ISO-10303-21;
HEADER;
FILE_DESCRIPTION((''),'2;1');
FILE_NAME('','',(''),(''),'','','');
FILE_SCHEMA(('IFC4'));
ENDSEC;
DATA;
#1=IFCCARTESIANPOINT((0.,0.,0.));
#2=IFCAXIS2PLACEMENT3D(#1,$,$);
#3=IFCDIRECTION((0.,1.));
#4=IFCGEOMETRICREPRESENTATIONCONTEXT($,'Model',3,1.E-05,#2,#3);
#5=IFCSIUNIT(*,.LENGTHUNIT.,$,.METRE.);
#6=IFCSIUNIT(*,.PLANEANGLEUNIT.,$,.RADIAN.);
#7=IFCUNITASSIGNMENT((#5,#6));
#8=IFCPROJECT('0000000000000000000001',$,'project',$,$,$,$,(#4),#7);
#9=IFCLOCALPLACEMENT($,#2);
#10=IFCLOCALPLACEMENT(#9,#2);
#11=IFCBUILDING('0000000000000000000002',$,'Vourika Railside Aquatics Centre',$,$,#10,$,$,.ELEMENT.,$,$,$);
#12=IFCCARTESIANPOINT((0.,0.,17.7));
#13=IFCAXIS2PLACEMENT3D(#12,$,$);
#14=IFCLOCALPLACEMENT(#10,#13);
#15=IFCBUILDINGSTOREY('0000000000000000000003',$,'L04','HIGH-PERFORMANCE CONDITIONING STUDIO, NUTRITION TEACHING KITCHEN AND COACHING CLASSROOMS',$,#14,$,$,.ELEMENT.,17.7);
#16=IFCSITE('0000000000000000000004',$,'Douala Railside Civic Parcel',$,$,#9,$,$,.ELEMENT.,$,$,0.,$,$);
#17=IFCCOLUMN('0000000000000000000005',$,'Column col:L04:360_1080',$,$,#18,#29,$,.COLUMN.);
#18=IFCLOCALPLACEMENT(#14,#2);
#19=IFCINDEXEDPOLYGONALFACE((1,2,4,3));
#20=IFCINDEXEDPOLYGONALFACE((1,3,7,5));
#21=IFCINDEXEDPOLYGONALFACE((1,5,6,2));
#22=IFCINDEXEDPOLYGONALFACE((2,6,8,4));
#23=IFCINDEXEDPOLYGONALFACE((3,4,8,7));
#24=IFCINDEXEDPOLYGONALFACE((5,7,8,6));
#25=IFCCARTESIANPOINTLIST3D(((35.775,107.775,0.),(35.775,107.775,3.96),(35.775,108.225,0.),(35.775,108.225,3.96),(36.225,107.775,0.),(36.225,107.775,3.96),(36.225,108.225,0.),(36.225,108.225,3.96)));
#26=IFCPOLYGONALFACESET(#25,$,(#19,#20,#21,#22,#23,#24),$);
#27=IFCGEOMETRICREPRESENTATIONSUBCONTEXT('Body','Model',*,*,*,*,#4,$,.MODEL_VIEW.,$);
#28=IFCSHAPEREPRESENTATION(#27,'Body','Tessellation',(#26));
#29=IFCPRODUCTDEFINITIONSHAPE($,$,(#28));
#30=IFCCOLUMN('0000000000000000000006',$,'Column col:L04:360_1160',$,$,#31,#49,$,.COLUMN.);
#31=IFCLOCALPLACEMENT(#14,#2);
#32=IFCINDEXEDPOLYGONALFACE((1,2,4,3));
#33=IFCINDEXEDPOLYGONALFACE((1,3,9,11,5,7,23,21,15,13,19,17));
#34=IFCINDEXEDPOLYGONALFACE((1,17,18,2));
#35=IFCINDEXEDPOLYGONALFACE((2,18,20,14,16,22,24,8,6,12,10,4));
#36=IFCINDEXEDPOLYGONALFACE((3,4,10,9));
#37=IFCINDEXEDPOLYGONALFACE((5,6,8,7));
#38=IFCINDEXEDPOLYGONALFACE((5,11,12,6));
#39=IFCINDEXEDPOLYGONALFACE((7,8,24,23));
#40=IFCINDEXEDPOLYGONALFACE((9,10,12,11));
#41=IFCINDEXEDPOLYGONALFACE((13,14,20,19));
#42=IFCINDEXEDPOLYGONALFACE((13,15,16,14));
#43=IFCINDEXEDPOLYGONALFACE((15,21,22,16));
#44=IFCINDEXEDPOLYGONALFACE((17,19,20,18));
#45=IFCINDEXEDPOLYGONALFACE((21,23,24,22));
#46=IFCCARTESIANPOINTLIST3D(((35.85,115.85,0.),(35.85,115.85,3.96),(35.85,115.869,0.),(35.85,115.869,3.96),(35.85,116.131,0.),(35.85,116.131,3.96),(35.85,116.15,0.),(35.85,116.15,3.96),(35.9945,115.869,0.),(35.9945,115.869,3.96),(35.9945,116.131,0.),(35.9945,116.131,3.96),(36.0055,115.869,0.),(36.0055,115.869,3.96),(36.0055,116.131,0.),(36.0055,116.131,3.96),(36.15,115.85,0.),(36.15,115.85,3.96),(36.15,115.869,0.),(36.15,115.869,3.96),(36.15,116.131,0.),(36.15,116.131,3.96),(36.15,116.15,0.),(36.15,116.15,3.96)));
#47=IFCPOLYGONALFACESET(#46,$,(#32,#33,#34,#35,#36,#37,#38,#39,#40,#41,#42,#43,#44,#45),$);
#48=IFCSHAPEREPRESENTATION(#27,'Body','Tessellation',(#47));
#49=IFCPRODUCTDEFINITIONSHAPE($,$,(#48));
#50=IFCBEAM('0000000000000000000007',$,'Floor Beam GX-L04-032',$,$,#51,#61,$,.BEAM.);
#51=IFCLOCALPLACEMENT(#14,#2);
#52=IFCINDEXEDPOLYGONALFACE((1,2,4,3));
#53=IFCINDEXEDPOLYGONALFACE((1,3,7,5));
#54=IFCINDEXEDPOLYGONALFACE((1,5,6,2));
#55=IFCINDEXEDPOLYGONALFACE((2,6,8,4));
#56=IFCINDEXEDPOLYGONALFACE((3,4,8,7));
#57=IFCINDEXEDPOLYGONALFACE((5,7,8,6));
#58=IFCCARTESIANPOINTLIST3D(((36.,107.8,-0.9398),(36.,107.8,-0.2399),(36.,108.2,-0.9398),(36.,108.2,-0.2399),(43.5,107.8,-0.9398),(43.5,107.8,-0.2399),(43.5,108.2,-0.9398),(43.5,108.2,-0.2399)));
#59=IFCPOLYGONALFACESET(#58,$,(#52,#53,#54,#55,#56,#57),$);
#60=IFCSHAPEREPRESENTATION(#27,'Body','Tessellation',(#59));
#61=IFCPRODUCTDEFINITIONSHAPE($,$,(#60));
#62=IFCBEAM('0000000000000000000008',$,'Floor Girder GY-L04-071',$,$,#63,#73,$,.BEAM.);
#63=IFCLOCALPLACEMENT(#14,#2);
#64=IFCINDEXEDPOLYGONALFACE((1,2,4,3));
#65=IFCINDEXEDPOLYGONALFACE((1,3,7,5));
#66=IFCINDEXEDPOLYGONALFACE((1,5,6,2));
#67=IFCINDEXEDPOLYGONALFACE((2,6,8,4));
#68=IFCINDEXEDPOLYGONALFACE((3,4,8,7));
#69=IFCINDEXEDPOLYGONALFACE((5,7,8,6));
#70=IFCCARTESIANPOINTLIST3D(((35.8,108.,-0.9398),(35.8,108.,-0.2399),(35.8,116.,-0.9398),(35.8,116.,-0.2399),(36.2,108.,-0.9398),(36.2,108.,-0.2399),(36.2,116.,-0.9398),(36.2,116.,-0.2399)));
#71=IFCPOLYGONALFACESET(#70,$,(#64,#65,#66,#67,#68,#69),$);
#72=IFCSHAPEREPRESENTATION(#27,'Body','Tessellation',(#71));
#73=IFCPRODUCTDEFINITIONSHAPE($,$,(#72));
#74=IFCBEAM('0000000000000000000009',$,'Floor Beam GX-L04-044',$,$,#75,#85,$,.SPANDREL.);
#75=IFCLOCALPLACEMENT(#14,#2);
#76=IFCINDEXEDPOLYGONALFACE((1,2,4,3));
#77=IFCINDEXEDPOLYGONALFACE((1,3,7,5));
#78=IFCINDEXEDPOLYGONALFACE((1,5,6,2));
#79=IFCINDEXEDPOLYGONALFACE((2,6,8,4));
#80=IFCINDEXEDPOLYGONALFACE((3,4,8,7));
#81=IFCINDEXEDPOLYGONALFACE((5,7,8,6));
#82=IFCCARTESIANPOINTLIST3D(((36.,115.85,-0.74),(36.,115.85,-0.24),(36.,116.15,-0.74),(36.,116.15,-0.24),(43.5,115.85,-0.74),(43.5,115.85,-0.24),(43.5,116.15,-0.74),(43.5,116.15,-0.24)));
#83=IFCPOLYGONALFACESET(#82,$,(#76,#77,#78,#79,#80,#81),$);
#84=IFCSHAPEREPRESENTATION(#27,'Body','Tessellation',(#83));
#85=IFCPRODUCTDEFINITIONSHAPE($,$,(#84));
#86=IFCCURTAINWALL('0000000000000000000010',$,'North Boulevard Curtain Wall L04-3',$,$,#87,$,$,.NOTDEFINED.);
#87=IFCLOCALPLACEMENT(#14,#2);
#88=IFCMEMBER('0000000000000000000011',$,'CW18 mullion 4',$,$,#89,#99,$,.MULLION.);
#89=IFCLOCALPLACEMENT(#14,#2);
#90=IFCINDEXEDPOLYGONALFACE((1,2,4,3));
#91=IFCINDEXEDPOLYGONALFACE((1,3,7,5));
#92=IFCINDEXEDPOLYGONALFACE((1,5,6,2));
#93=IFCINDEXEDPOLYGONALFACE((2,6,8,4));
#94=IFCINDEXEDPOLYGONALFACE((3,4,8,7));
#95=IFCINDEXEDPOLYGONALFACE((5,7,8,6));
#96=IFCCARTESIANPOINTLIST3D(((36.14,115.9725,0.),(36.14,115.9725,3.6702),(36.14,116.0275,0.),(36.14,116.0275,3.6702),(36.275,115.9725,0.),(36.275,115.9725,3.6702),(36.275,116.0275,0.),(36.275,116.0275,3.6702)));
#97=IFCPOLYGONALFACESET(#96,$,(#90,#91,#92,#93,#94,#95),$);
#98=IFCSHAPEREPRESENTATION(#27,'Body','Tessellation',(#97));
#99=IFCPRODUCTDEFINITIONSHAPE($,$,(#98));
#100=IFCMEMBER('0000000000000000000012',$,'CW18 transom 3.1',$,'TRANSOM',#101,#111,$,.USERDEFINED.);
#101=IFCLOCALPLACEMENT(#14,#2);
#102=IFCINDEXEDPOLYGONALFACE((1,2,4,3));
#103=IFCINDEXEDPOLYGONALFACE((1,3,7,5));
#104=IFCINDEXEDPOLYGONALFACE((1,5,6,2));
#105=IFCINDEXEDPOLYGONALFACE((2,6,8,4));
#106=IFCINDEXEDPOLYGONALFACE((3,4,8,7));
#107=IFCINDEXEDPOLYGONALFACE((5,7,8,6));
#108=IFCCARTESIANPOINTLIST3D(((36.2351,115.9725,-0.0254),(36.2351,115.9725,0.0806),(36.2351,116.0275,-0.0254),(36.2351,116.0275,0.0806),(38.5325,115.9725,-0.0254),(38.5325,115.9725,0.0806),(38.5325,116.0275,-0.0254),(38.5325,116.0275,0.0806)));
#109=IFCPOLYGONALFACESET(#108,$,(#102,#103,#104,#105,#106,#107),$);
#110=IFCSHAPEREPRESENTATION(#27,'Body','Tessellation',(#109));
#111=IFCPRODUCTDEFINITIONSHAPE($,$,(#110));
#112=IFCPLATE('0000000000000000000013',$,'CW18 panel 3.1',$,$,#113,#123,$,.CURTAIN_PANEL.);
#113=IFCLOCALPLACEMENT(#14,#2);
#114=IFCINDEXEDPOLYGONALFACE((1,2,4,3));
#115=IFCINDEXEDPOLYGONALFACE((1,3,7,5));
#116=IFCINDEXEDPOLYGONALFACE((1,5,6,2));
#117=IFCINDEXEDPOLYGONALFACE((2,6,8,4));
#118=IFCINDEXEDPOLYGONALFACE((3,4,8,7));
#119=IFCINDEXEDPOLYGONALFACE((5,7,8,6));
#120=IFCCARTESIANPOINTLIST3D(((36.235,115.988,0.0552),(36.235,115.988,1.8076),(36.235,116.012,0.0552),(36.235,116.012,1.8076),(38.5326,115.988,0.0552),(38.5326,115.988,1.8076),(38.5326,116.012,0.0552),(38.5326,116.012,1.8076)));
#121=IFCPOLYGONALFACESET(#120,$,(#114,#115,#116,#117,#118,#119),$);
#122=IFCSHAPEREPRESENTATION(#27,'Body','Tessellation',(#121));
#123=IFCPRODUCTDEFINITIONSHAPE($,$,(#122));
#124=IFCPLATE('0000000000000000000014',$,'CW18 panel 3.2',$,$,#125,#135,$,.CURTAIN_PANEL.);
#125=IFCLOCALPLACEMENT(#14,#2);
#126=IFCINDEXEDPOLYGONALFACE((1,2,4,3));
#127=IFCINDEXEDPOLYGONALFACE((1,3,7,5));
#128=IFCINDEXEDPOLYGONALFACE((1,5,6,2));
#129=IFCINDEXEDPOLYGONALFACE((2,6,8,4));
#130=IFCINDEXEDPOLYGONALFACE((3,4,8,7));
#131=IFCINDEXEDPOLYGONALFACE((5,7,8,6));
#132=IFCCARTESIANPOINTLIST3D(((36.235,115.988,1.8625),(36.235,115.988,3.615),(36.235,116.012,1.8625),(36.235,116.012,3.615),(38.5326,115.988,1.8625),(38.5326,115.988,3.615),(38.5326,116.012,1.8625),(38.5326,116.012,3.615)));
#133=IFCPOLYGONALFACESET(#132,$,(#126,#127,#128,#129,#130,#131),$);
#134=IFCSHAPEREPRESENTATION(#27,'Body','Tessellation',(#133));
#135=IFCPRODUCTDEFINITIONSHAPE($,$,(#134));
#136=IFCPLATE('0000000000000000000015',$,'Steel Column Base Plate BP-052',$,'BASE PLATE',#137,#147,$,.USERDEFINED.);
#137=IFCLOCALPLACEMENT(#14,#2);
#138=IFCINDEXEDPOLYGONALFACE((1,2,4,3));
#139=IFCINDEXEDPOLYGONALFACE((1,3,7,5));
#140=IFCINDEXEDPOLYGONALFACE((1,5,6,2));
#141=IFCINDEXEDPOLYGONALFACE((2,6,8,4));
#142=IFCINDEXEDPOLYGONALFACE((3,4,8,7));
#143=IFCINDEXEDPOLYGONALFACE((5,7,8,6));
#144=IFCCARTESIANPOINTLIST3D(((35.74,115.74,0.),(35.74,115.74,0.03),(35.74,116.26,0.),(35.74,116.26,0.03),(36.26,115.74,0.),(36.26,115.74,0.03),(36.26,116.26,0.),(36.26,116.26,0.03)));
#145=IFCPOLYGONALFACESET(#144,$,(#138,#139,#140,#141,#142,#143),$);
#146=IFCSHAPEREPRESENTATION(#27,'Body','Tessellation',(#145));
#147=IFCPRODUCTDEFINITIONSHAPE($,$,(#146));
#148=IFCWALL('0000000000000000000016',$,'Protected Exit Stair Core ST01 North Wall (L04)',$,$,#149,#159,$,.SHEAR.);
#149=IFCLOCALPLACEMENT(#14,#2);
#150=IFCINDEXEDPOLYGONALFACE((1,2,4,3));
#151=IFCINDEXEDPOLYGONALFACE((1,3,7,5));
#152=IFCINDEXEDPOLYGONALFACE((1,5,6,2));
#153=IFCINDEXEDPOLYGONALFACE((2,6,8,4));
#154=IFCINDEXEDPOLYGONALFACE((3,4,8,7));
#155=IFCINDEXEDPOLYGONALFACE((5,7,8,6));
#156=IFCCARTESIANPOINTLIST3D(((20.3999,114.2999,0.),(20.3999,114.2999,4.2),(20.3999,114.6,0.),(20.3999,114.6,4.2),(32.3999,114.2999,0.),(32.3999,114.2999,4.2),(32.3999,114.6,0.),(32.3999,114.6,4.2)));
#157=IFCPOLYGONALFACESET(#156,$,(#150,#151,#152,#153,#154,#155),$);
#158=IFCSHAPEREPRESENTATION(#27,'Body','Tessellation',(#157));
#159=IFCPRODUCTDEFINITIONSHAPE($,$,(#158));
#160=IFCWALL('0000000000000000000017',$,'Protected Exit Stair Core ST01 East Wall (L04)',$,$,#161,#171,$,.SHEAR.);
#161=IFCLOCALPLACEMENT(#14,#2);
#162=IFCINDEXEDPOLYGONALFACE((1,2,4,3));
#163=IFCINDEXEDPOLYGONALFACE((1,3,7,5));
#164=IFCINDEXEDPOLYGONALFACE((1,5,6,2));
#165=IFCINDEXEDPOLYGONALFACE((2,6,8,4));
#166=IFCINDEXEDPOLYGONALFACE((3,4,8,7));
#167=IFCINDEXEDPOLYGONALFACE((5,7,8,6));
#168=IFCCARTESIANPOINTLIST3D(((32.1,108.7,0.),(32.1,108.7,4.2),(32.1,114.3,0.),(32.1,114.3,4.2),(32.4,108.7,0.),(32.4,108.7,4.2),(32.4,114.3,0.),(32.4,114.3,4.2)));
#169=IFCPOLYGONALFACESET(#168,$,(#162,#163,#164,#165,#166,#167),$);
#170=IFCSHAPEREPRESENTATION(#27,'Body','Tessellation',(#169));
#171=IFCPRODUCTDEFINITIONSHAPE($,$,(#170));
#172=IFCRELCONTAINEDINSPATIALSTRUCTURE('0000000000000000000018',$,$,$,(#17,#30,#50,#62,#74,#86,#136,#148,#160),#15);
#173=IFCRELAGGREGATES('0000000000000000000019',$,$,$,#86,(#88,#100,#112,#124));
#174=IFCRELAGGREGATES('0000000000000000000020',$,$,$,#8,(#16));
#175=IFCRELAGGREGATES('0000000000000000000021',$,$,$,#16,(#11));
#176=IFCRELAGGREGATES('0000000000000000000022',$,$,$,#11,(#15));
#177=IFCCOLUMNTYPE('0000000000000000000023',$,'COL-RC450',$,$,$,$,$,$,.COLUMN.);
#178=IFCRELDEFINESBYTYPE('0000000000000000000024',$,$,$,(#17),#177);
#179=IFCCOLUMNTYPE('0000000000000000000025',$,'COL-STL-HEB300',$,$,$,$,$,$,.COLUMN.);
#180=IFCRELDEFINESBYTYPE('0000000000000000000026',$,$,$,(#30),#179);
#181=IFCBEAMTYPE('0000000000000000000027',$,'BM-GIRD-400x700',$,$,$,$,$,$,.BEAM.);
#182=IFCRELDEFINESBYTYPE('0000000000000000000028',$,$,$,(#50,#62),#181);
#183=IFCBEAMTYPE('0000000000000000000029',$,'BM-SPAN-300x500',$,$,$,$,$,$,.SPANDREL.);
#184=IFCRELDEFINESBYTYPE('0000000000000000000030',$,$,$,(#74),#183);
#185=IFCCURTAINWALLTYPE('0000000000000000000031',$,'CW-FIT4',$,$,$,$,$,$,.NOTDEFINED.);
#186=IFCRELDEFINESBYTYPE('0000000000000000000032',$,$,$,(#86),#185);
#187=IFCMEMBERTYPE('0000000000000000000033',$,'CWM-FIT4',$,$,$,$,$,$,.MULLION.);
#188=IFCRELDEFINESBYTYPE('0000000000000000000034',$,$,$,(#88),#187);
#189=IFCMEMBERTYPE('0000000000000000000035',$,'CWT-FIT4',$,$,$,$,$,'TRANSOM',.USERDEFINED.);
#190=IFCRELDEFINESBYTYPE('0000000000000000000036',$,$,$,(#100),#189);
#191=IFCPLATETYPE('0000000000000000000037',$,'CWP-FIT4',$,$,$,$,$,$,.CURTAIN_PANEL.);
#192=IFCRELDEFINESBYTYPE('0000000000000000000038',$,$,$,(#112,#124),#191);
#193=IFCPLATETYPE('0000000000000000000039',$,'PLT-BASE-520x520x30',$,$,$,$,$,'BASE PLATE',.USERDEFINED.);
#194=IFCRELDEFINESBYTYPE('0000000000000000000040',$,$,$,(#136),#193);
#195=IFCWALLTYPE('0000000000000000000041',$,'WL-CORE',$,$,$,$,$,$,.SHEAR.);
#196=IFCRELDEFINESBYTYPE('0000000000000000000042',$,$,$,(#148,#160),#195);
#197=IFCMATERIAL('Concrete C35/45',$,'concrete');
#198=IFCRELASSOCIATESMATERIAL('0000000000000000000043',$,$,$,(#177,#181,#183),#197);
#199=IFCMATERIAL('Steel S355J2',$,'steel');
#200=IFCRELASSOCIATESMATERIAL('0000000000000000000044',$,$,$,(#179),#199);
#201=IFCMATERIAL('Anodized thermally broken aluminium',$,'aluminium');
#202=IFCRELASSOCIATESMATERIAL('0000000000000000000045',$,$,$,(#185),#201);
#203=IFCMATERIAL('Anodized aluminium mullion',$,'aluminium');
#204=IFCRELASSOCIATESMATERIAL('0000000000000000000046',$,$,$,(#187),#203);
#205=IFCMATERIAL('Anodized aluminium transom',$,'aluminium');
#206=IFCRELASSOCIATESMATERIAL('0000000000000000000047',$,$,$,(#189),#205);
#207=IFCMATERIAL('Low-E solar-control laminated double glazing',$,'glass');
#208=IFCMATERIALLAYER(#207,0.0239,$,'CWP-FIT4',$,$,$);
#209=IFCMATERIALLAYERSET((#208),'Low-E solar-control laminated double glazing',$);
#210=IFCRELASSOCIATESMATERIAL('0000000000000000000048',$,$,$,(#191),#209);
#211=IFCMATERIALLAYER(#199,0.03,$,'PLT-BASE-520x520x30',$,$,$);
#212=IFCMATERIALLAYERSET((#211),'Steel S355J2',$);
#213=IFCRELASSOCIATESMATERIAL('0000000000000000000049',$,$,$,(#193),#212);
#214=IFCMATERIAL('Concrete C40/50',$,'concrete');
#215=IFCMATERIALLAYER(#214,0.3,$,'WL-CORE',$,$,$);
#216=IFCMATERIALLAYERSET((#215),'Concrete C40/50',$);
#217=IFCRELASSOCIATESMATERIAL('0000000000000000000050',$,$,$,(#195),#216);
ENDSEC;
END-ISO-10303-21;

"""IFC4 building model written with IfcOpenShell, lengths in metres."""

from ifc_helpers import new_model, si_unit, direction, frame, frame_2d, origin, origin_2d, place, context, subcontext, project, spatial, rectangle, i_section, extrude, material, layer, layer_set, material_profile, profile_set, type_object, element, aggregate, save


model = new_model("IFC4")

# Units and contexts
model_context = context("Model", 3, precision=1e-05, world=origin(), true_north=direction((0.0, 1.0)))
body_context = subcontext(model_context, "Body", "Model", "MODEL_VIEW")
ifc_project = project(units=[si_unit("LENGTHUNIT", "METRE"), si_unit("PLANEANGLEUNIT", "RADIAN")], contexts=[model_context])

# Site, building, storey
site_placement = place(None, origin())
site = spatial("IfcSite", under=ifc_project, at=site_placement, Name="Douala Railside Civic Parcel", CompositionType="ELEMENT", RefElevation=0.0)
building_placement = place(site_placement, origin())
building = spatial("IfcBuilding", under=site, at=building_placement, Name="Vourika Railside Aquatics Centre", CompositionType="ELEMENT")
storey_placement = place(building_placement, frame((0.0, 0.0, 17.7)))
storey = spatial("IfcBuildingStorey", under=building, at=storey_placement, Name="L04", Description="HIGH-PERFORMANCE CONDITIONING STUDIO, NUTRITION TEACHING KITCHEN AND COACHING CLASSROOMS", CompositionType="ELEMENT", Elevation=17.7)

# Columns
ifc_material_1 = material(Name="Concrete C35/45", Category="concrete")
ifc_material_profile_1 = material_profile(ifc_material_1, rectangle(XDim=0.45, YDim=0.45, at=origin_2d()), Name="RC 450x450")
ifc_profile_set_1 = profile_set([ifc_material_profile_1], Name="Concrete C35/45")
column_type_1 = type_object("IfcColumnType", Name="COL-RC450", PredefinedType="COLUMN", material=ifc_profile_set_1)
column_1_placement = place(storey_placement, frame((36.0, 108.0, 0.0), z_axis=(0.0, 0.0, 1.0), x_axis=(1.0, 0.0, 0.0)))
element("IfcColumn", 1, at=column_1_placement, inside=storey, type_object=column_type_1, Name="Column col:L04:360_1080", PredefinedType="COLUMN", context=body_context, shape_type="SweptSolid", body=[
    extrude(rectangle(XDim=0.45, YDim=0.45, at=origin_2d()), origin(), (0.0, 0.0, 1.0), 3.96),
])
ifc_material_2 = material(Name="Steel S355J2", Category="steel")
ifc_material_profile_2 = material_profile(ifc_material_2, i_section(OverallWidth=0.3, OverallDepth=0.3, WebThickness=0.011, FlangeThickness=0.019, at=origin_2d()), Name="HEB 300")
ifc_profile_set_2 = profile_set([ifc_material_profile_2], Name="Steel S355J2")
column_type_2 = type_object("IfcColumnType", Name="COL-STL-HEB300", PredefinedType="COLUMN", material=ifc_profile_set_2)
column_2_placement = place(storey_placement, frame((36.0, 116.0, 0.0), z_axis=(0.0, 0.0, 1.0), x_axis=(1.0, 0.0, 0.0)))
element("IfcColumn", 2, at=column_2_placement, inside=storey, type_object=column_type_2, Name="Column col:L04:360_1160", PredefinedType="COLUMN", context=body_context, shape_type="SweptSolid", body=[
    extrude(i_section(OverallWidth=0.3, OverallDepth=0.3, WebThickness=0.011, FlangeThickness=0.019, at=origin_2d()), origin(), (0.0, 0.0, 1.0), 3.96),
])

# Beams
ifc_material_profile_3 = material_profile(ifc_material_1, rectangle(XDim=0.3999, YDim=0.7, at=origin_2d()), Name="RC 400x700")
ifc_profile_set_3 = profile_set([ifc_material_profile_3], Name="Concrete C35/45")
beam_type_1 = type_object("IfcBeamType", Name="BM-GIRD-400x700", PredefinedType="BEAM", material=ifc_profile_set_3)
beam_1_placement = place(storey_placement, frame((36.0, 108.0, -0.5898), z_axis=(1.0, 0.0, 0.0), x_axis=(0.0, 1.0, 0.0)))
element("IfcBeam", 3, at=beam_1_placement, inside=storey, type_object=beam_type_1, Name="Floor Beam GX-L04-032", PredefinedType="BEAM", context=body_context, shape_type="SweptSolid", body=[
    extrude(rectangle(XDim=0.3999, YDim=0.7, at=origin_2d()), origin(), (0.0, 0.0, 1.0), 7.5),
])
beam_2_placement = place(storey_placement, frame((36.0, 108.0, -0.5898), z_axis=(0.0, 1.0, 0.0), x_axis=(-1.0, 0.0, 0.0)))
element("IfcBeam", 4, at=beam_2_placement, inside=storey, type_object=beam_type_1, Name="Floor Girder GY-L04-071", PredefinedType="BEAM", context=body_context, shape_type="SweptSolid", body=[
    extrude(rectangle(XDim=0.3999, YDim=0.7, at=origin_2d()), origin(), (0.0, 0.0, 1.0), 8.0),
])
ifc_material_profile_4 = material_profile(ifc_material_1, rectangle(XDim=0.3, YDim=0.5, at=origin_2d()), Name="RC 300x500")
ifc_profile_set_4 = profile_set([ifc_material_profile_4], Name="Concrete C35/45")
beam_type_2 = type_object("IfcBeamType", Name="BM-SPAN-300x500", PredefinedType="SPANDREL", material=ifc_profile_set_4)
beam_3_placement = place(storey_placement, frame((36.0, 116.0, -0.49), z_axis=(1.0, 0.0, 0.0), x_axis=(0.0, 1.0, 0.0)))
element("IfcBeam", 5, at=beam_3_placement, inside=storey, type_object=beam_type_2, Name="Floor Beam GX-L04-044", PredefinedType="SPANDREL", context=body_context, shape_type="SweptSolid", body=[
    extrude(rectangle(XDim=0.3, YDim=0.5, at=origin_2d()), origin(), (0.0, 0.0, 1.0), 7.5),
])

# Curtain wall, members, plates
ifc_material_3 = material(Name="Anodized thermally broken aluminium", Category="aluminium")
curtain_wall_type = type_object("IfcCurtainWallType", Name="CW-FIT4", PredefinedType="NOTDEFINED", material=ifc_material_3)
curtain_wall_placement = place(storey_placement, origin())
curtain_wall = element("IfcCurtainWall", 6, at=curtain_wall_placement, inside=storey, type_object=curtain_wall_type, Name="North Boulevard Curtain Wall L04-3", PredefinedType="NOTDEFINED")
ifc_material_4 = material(Name="Anodized aluminium mullion", Category="aluminium")
ifc_material_profile_5 = material_profile(ifc_material_4, rectangle(XDim=0.0549, YDim=0.135, at=origin_2d()), Name="ALU-M 55x135")
ifc_profile_set_5 = profile_set([ifc_material_profile_5], Name="Anodized aluminium mullion")
member_type_1 = type_object("IfcMemberType", Name="CWM-FIT4", PredefinedType="MULLION", material=ifc_profile_set_5)
member_1_placement = place(storey_placement, frame((36.2075, 116.0, 0.0), z_axis=(0.0, 0.0, 1.0), x_axis=(0.0, -1.0, 0.0)))
member_1 = element("IfcMember", 7, at=member_1_placement, type_object=member_type_1, Name="CW18 mullion 4", PredefinedType="MULLION", context=body_context, shape_type="SweptSolid", body=[
    extrude(rectangle(XDim=0.0549, YDim=0.135, at=origin_2d()), origin(), (0.0, 0.0, 1.0), 3.6702),
])
ifc_material_5 = material(Name="Anodized aluminium transom", Category="aluminium")
ifc_material_profile_6 = material_profile(ifc_material_5, rectangle(XDim=0.0549, YDim=0.106, at=origin_2d()), Name="ALU-T 55x106")
ifc_profile_set_6 = profile_set([ifc_material_profile_6], Name="Anodized aluminium transom")
member_type_2 = type_object("IfcMemberType", Name="CWT-FIT4", ElementType="TRANSOM", PredefinedType="USERDEFINED", material=ifc_profile_set_6)
member_2_placement = place(storey_placement, frame((38.5325, 116.0, 0.0276), z_axis=(-1.0, 0.0, 0.0), x_axis=(0.0, -1.0, 0.0)))
member_2 = element("IfcMember", 8, at=member_2_placement, type_object=member_type_2, Name="CW18 transom 3.1", ObjectType="TRANSOM", PredefinedType="USERDEFINED", context=body_context, shape_type="SweptSolid", body=[
    extrude(rectangle(XDim=0.0549, YDim=0.106, at=origin_2d()), origin(), (0.0, 0.0, 1.0), 2.2974),
])
ifc_material_6 = material(Name="Low-E solar-control laminated double glazing", Category="glass")
ifc_layer_1 = layer(ifc_material_6, 0.0239, Name="CWP-FIT4")
ifc_layer_set_1 = layer_set([ifc_layer_1], Name="Low-E solar-control laminated double glazing")
plate_type_1 = type_object("IfcPlateType", Name="CWP-FIT4", PredefinedType="CURTAIN_PANEL", material=ifc_layer_set_1)
plate_1_placement = place(storey_placement, frame((37.3838, 116.0, 0.0552), z_axis=(0.0, 0.0, 1.0), x_axis=(-1.0, 0.0, 0.0)))
plate_1 = element("IfcPlate", 9, at=plate_1_placement, type_object=plate_type_1, Name="CW18 panel 3.1", PredefinedType="CURTAIN_PANEL", context=body_context, shape_type="SweptSolid", body=[
    extrude(rectangle(XDim=2.2976, YDim=0.0239, at=origin_2d()), origin(), (0.0, 0.0, 1.0), 1.7524),
])
plate_2_placement = place(storey_placement, frame((37.3838, 116.0, 1.8625), z_axis=(0.0, 0.0, 1.0), x_axis=(-1.0, 0.0, 0.0)))
plate_2 = element("IfcPlate", 10, at=plate_2_placement, type_object=plate_type_1, Name="CW18 panel 3.2", PredefinedType="CURTAIN_PANEL", context=body_context, shape_type="SweptSolid", body=[
    extrude(rectangle(XDim=2.2976, YDim=0.0239, at=origin_2d()), origin(), (0.0, 0.0, 1.0), 1.7524),
])
aggregate(curtain_wall, [member_1, member_2, plate_1, plate_2])

# Plate
ifc_layer_2 = layer(ifc_material_2, 0.03, Name="PLT-BASE-520x520x30")
ifc_layer_set_2 = layer_set([ifc_layer_2], Name="Steel S355J2")
plate_type_2 = type_object("IfcPlateType", Name="PLT-BASE-520x520x30", ElementType="BASE PLATE", PredefinedType="USERDEFINED", material=ifc_layer_set_2)
plate_3_placement = place(storey_placement, frame((36.0, 116.0, 0.0), z_axis=(0.0, 0.0, 1.0), x_axis=(1.0, 0.0, 0.0)))
element("IfcPlate", 11, at=plate_3_placement, inside=storey, type_object=plate_type_2, Name="Steel Column Base Plate BP-052", ObjectType="BASE PLATE", PredefinedType="USERDEFINED", context=body_context, shape_type="SweptSolid", body=[
    extrude(rectangle(XDim=0.52, YDim=0.52, at=origin_2d()), origin(), (0.0, 0.0, 1.0), 0.03),
])

# Walls
ifc_material_7 = material(Name="Concrete C40/50", Category="concrete")
ifc_layer_3 = layer(ifc_material_7, 0.3, Name="WL-CORE")
ifc_layer_set_3 = layer_set([ifc_layer_3], Name="Concrete C40/50")
wall_type_1 = type_object("IfcWallType", Name="WL-CORE", PredefinedType="SHEAR", material=ifc_layer_set_3)
wall_1_placement = place(storey_placement, frame((32.3999, 114.45, 0.0), z_axis=(0.0, 0.0, 1.0), x_axis=(-1.0, 0.0, 0.0)))
element("IfcWall", 12, at=wall_1_placement, inside=storey, type_object=wall_type_1, Name="Protected Exit Stair Core ST01 North Wall (L04)", PredefinedType="SHEAR", context=body_context, shape_type="SweptSolid", body=[
    extrude(rectangle(XDim=12.0, YDim=0.3, at=frame_2d((6.0, 0.0))), origin(), (0.0, 0.0, 1.0), 4.2),
])
wall_2_placement = place(storey_placement, frame((32.25, 108.7, 0.0), z_axis=(0.0, 0.0, 1.0), x_axis=(0.0, 1.0, 0.0)))
element("IfcWall", 13, at=wall_2_placement, inside=storey, type_object=wall_type_1, Name="Protected Exit Stair Core ST01 East Wall (L04)", PredefinedType="SHEAR", context=body_context, shape_type="SweptSolid", body=[
    extrude(rectangle(XDim=5.6001, YDim=0.3, at=frame_2d((2.8, 0.0))), origin(), (0.0, 0.0, 1.0), 4.2),
])

save(model, "model.ifc")
